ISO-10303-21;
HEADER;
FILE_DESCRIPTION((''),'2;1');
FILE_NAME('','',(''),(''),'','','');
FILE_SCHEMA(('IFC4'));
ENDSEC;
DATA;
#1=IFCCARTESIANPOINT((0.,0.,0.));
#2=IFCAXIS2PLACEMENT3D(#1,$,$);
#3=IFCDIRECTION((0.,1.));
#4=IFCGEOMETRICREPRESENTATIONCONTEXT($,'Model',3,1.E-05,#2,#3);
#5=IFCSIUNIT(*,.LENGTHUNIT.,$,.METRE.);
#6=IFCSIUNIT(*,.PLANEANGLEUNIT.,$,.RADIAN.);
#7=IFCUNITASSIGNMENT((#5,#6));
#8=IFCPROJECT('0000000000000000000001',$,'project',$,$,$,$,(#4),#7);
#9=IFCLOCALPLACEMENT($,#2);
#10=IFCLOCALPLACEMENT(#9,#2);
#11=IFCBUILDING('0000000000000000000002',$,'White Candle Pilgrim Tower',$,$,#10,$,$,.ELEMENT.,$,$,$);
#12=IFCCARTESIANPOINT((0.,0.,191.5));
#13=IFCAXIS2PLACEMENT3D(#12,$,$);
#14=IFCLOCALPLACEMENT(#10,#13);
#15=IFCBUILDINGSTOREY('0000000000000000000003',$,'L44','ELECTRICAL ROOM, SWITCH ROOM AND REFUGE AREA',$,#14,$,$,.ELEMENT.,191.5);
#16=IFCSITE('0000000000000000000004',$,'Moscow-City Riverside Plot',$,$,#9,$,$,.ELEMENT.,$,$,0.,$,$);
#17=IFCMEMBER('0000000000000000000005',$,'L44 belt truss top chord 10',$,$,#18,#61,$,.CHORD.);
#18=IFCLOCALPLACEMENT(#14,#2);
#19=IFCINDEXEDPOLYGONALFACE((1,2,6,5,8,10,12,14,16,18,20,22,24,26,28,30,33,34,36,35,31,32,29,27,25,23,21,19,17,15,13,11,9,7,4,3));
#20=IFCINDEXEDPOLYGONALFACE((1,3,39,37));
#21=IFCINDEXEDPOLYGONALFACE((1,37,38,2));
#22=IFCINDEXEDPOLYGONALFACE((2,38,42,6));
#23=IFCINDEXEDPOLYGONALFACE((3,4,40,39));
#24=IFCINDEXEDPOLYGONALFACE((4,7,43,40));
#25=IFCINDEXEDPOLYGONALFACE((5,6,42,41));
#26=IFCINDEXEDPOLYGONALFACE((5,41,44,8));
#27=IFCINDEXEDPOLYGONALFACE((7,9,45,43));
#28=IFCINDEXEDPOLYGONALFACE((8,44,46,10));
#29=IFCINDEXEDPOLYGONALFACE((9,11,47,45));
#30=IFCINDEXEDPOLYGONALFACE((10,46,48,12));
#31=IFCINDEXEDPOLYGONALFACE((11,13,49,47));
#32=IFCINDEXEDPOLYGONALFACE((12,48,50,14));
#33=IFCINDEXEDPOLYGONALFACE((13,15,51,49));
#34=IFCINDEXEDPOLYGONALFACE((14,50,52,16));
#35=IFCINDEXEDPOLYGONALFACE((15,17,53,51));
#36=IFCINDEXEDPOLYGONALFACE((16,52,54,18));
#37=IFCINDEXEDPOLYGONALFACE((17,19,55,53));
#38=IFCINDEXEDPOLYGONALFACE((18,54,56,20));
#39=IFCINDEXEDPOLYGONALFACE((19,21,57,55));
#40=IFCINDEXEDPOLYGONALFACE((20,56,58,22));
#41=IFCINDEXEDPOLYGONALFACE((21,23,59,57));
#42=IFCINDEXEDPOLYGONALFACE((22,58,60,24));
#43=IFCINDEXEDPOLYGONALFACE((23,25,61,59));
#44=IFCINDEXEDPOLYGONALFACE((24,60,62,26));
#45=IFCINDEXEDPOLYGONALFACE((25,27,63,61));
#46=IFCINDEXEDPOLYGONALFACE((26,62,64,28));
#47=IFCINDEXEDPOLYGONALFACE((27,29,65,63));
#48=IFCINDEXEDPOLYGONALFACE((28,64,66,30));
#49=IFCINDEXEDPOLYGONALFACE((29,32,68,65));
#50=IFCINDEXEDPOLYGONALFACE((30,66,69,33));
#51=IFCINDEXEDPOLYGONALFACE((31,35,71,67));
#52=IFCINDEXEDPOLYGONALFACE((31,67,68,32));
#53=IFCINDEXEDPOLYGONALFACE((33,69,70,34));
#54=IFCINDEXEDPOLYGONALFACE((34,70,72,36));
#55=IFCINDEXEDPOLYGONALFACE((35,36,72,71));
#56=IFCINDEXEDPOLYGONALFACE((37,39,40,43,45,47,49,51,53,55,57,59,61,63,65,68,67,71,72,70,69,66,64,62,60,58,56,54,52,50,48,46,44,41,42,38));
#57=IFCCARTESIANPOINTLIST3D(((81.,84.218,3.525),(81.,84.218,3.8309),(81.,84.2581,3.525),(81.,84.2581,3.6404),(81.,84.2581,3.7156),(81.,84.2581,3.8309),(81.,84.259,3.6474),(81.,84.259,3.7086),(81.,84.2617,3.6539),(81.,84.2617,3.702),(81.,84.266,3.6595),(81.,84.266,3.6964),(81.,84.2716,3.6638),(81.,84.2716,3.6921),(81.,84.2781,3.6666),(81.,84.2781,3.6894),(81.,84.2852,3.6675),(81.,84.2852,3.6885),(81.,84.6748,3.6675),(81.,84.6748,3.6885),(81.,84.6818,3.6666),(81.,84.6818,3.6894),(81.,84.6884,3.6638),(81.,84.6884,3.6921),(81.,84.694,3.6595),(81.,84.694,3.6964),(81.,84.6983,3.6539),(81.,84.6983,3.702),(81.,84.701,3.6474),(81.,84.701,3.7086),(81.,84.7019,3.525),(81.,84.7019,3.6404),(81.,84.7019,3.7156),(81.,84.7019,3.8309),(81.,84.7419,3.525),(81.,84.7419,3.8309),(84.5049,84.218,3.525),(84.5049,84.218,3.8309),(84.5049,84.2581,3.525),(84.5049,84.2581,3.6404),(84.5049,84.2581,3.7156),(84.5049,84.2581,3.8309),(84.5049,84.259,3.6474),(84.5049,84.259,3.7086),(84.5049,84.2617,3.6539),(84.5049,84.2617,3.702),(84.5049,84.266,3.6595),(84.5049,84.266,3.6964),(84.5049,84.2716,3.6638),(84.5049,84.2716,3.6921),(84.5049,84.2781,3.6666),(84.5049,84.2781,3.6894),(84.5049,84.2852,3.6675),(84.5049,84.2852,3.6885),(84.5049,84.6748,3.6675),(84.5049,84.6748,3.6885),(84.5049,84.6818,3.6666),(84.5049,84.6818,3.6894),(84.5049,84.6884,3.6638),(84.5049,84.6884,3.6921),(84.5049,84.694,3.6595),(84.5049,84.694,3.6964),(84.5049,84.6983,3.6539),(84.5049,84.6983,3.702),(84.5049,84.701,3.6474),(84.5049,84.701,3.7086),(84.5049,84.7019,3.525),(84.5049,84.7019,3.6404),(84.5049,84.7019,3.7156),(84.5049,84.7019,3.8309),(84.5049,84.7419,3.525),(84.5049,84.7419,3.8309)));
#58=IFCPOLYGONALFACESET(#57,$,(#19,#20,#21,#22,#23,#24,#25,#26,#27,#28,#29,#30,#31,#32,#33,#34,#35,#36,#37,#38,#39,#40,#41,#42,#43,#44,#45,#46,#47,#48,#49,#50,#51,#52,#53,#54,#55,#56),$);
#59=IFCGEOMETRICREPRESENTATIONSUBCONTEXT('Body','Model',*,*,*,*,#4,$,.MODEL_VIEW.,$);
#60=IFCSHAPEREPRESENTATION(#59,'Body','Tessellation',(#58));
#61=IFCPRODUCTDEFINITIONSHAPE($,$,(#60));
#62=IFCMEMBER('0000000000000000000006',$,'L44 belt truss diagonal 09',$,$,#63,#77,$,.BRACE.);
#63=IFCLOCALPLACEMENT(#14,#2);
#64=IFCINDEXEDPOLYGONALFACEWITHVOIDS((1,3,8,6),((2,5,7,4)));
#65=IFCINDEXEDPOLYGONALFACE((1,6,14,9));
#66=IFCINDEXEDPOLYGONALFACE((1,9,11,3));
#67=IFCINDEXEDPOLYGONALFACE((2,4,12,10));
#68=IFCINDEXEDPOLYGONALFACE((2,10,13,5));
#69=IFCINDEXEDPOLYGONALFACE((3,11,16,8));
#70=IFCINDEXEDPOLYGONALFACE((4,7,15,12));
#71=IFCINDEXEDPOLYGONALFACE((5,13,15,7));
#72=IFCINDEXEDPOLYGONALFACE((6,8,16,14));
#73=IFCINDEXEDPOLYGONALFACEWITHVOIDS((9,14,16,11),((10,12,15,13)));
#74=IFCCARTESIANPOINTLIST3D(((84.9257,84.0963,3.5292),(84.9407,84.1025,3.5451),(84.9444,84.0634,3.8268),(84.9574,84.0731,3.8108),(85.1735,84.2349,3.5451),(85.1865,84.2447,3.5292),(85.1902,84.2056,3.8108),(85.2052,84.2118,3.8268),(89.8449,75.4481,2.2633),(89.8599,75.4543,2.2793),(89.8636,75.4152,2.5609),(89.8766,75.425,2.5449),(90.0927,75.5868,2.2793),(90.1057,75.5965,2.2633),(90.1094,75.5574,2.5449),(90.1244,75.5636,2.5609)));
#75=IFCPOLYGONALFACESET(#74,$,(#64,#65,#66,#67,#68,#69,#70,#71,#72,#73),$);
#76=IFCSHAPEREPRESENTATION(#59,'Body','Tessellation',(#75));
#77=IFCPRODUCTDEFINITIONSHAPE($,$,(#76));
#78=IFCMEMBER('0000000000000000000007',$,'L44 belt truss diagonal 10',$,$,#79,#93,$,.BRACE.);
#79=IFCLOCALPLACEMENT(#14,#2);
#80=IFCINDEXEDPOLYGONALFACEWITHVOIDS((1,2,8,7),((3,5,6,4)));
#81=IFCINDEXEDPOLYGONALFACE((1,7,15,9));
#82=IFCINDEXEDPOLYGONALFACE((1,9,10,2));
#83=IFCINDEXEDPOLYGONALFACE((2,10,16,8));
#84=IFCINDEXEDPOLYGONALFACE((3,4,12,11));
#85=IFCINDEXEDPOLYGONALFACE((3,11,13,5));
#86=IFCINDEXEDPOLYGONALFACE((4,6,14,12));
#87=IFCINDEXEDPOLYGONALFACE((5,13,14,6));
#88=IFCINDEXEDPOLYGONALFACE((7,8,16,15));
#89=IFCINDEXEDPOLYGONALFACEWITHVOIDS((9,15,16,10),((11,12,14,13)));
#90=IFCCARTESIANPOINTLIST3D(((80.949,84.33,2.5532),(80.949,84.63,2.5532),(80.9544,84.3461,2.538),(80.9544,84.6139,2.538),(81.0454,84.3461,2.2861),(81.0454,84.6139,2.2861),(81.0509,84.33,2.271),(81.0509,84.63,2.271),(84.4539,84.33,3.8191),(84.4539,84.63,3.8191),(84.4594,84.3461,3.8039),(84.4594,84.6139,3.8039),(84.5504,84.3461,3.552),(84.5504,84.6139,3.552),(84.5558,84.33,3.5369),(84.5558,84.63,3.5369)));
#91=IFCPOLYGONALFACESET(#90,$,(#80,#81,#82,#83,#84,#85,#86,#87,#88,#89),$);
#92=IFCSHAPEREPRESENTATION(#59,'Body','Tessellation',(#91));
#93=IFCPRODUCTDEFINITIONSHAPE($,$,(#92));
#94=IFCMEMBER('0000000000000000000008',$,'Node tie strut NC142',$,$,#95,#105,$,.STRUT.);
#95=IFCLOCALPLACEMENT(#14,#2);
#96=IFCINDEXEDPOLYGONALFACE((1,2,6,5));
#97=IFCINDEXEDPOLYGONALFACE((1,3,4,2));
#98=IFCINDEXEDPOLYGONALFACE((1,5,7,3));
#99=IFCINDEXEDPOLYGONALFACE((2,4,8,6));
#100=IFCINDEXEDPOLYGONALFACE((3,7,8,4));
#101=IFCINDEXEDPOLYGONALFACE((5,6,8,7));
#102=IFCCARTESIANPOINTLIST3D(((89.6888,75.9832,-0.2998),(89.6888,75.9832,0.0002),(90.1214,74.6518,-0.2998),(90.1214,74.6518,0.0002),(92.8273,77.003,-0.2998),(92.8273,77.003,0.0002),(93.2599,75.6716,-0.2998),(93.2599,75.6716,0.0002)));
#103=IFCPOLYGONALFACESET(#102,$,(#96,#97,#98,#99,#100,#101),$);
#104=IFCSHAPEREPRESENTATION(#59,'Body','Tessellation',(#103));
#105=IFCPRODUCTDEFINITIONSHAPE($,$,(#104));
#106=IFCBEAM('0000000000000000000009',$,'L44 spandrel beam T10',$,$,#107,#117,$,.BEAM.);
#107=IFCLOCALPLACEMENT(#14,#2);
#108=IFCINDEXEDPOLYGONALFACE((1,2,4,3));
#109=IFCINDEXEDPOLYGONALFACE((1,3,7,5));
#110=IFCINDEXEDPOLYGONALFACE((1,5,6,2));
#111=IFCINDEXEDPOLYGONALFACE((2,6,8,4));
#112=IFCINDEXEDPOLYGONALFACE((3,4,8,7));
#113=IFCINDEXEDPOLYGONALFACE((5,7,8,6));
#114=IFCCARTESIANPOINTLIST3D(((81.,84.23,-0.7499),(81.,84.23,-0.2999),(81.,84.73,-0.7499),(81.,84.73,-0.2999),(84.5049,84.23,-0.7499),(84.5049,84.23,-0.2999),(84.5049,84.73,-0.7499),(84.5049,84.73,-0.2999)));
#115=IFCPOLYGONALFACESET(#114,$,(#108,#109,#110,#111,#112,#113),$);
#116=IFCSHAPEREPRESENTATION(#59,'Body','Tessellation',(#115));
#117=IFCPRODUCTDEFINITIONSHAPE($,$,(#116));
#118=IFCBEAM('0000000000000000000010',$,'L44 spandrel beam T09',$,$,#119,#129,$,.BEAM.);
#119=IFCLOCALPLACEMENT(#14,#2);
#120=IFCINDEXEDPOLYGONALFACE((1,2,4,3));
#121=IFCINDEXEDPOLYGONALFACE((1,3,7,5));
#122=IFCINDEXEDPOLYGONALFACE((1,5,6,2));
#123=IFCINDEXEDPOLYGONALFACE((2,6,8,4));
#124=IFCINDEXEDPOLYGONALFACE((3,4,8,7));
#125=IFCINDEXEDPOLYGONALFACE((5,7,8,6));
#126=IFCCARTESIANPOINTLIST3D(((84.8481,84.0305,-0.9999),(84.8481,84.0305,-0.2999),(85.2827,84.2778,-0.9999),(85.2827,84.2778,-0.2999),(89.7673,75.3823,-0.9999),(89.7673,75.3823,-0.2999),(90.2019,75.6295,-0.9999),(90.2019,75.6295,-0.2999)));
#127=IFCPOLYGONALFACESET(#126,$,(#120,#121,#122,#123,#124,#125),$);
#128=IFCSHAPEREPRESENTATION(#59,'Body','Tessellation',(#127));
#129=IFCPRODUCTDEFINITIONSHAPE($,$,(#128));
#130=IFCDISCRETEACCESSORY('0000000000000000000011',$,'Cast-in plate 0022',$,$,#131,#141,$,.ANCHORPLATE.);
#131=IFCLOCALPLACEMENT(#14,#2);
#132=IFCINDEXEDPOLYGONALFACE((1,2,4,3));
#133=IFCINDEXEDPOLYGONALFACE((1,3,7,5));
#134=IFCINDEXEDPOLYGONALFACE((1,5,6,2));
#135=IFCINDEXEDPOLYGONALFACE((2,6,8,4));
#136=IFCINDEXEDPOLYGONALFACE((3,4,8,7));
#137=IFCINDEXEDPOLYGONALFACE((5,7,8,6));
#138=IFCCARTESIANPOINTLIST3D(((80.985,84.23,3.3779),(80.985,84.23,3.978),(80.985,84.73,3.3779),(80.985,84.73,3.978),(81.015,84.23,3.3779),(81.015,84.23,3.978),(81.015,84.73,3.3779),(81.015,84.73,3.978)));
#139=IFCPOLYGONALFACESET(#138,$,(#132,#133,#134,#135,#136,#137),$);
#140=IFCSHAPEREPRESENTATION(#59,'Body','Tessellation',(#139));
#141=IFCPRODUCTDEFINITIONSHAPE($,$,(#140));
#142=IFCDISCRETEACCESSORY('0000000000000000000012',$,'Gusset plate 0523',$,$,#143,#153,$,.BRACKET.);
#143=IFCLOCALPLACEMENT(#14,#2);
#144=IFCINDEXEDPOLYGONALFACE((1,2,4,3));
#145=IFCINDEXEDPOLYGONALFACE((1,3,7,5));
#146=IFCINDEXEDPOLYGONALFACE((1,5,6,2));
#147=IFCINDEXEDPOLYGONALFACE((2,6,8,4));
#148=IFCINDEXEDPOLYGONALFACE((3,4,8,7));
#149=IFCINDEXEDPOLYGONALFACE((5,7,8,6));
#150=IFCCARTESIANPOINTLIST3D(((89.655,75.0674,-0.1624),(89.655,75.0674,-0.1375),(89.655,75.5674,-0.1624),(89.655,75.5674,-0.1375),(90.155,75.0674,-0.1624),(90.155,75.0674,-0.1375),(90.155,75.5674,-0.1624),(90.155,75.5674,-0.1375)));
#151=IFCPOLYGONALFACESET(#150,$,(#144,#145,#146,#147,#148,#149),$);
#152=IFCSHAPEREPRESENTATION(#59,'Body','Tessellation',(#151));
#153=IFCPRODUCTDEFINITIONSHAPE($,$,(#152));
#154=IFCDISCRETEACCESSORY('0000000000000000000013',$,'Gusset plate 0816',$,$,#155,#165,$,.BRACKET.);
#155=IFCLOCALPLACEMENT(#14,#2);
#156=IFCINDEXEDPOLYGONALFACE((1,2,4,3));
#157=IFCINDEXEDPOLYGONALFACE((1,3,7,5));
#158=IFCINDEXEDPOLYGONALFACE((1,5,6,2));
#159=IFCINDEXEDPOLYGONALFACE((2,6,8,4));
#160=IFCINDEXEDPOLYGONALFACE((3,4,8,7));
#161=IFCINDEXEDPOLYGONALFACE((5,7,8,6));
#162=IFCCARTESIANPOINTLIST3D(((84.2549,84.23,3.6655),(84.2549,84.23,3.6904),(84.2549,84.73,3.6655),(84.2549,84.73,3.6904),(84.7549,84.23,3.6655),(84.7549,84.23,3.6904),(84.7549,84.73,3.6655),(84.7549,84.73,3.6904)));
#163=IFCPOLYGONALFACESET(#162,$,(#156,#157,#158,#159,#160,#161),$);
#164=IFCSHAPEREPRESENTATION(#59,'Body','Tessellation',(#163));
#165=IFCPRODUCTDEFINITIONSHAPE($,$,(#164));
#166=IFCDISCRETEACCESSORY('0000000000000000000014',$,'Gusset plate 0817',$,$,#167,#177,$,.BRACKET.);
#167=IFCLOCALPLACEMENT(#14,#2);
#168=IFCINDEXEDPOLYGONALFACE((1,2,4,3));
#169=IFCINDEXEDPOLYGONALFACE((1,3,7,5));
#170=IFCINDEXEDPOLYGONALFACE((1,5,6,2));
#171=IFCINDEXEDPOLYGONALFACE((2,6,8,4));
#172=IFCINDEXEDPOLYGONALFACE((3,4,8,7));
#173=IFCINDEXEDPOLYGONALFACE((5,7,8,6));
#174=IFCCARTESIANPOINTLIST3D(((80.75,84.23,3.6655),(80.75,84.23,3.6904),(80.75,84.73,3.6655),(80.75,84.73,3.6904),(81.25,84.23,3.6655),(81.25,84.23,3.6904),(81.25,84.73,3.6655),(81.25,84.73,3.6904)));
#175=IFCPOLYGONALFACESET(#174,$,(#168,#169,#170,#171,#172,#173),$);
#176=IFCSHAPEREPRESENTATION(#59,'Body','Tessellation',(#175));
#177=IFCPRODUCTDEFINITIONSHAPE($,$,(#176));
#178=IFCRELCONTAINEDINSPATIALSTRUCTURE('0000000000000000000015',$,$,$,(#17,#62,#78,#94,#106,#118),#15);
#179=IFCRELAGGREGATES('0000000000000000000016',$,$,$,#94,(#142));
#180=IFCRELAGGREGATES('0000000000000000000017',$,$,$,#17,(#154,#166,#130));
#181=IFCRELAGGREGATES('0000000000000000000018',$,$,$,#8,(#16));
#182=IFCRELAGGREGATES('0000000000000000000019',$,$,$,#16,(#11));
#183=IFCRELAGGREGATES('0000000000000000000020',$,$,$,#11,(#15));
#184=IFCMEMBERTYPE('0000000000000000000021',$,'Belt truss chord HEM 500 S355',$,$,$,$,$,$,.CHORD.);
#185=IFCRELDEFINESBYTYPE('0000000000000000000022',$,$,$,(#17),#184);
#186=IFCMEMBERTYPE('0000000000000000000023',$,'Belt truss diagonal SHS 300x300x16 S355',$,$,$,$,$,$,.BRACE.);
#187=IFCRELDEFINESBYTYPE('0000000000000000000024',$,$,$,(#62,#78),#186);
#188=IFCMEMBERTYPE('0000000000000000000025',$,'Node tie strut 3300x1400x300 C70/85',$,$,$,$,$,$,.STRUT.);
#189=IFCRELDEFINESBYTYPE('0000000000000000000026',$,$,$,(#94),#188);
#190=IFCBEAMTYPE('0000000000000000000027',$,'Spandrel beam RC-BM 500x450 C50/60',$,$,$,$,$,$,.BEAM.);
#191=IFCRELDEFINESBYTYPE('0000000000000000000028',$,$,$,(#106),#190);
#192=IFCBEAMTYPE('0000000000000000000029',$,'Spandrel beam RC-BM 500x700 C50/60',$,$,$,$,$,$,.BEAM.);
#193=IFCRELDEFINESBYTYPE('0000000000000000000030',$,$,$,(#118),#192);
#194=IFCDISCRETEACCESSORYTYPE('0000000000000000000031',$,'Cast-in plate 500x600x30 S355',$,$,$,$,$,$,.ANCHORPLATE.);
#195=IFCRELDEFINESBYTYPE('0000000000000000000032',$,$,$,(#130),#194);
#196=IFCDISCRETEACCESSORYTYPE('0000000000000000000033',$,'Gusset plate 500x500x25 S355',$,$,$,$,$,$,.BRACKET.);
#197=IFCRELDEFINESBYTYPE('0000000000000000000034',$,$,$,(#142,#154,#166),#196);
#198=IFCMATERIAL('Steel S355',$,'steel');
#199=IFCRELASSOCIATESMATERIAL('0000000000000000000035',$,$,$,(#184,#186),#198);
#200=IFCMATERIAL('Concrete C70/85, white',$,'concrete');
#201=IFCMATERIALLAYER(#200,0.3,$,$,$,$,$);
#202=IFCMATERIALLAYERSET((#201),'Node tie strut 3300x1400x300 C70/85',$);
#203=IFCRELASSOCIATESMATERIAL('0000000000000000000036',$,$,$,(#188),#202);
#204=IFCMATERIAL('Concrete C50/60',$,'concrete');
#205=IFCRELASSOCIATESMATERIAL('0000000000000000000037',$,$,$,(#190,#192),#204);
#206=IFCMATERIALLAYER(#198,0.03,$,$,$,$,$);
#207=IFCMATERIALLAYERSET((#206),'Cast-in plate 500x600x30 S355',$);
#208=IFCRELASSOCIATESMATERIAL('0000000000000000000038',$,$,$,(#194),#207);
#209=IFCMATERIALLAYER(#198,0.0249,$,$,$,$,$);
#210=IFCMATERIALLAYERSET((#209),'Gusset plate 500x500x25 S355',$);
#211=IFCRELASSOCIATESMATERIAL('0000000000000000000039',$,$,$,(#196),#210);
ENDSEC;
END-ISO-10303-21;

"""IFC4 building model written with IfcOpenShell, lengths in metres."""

from ifc_helpers import new_model, si_unit, direction, frame, origin, origin_2d, place, context, subcontext, project, spatial, rectangle, hollow_rectangle, i_section, extrude, material, layer, layer_set, material_profile, profile_set, type_object, element, aggregate, save


model = new_model("IFC4")

# Units and contexts
model_context = context("Model", 3, precision=1e-05, world=origin(), true_north=direction((0.0, 1.0)))
body_context = subcontext(model_context, "Body", "Model", "MODEL_VIEW")
ifc_project = project(units=[si_unit("LENGTHUNIT", "METRE"), si_unit("PLANEANGLEUNIT", "RADIAN")], contexts=[model_context])

# Site, building, storey
site_placement = place(None, origin())
site = spatial("IfcSite", under=ifc_project, at=site_placement, Name="Moscow-City Riverside Plot", CompositionType="ELEMENT", RefElevation=0.0)
building_placement = place(site_placement, origin())
building = spatial("IfcBuilding", under=site, at=building_placement, Name="White Candle Pilgrim Tower", CompositionType="ELEMENT")
storey_placement = place(building_placement, frame((0.0, 0.0, 191.5)))
storey = spatial("IfcBuildingStorey", under=building, at=storey_placement, Name="L44", Description="ELECTRICAL ROOM, SWITCH ROOM AND REFUGE AREA", CompositionType="ELEMENT", Elevation=191.5)

# Member
ifc_material_1 = material(Name="Steel S355", Category="steel")
ifc_material_profile_1 = material_profile(ifc_material_1, i_section(OverallWidth=0.3059, OverallDepth=0.5239, WebThickness=0.021, FlangeThickness=0.04, FilletRadius=0.0271, at=origin_2d()), Name="HEM 500")
ifc_profile_set_1 = profile_set([ifc_material_profile_1], Name="Steel S355")
member_type_1 = type_object("IfcMemberType", Name="Belt truss chord HEM 500 S355", PredefinedType="CHORD", material=ifc_profile_set_1)
member_1_placement = place(storey_placement, frame((84.5049, 84.48, 3.678), z_axis=(-1.0, 0.0, 0.0), x_axis=(0.0, 0.0, -1.0)))
member_1 = element("IfcMember", 1, at=member_1_placement, inside=storey, type_object=member_type_1, Name="L44 belt truss top chord 10", PredefinedType="CHORD", context=body_context, shape_type="SweptSolid", body=[
    extrude(i_section(OverallWidth=0.3059, OverallDepth=0.5239, WebThickness=0.021, FlangeThickness=0.04, FilletRadius=0.0271, at=origin_2d()), origin(), (0.0, 0.0, 1.0), 3.5049),
])

# Members
ifc_material_profile_2 = material_profile(ifc_material_1, hollow_rectangle(XDim=0.3, YDim=0.3, WallThickness=0.0161, at=origin_2d()), Name="SHS 300x300x16")
ifc_profile_set_2 = profile_set([ifc_material_profile_2], Name="Steel S355")
member_type_2 = type_object("IfcMemberType", Name="Belt truss diagonal SHS 300x300x16 S355", PredefinedType="BRACE", material=ifc_profile_set_2)
member_2_placement = place(storey_placement, frame((89.9846, 75.5059, 2.4121), z_axis=(-0.490469, 0.86227, 0.126214), x_axis=(-0.869221, -0.494423, 0.0)))
element("IfcMember", 2, at=member_2_placement, inside=storey, type_object=member_type_2, Name="L44 belt truss diagonal 09", PredefinedType="BRACE", context=body_context, shape_type="SweptSolid", body=[
    extrude(hollow_rectangle(XDim=0.3, YDim=0.3, WallThickness=0.0161, at=origin_2d()), origin(), (0.0, 0.0, 1.0), 10.0295),
])
member_3_placement = place(storey_placement, frame((84.5049, 84.48, 3.678), z_axis=(-0.940535, 0.0, -0.339696), x_axis=(0.0, -1.0, 0.0)))
element("IfcMember", 3, at=member_3_placement, inside=storey, type_object=member_type_2, Name="L44 belt truss diagonal 10", PredefinedType="BRACE", context=body_context, shape_type="SweptSolid", body=[
    extrude(hollow_rectangle(XDim=0.3, YDim=0.3, WallThickness=0.0161, at=origin_2d()), origin(), (0.0, 0.0, 1.0), 3.7266),
])

# Member
ifc_material_2 = material(Name="Concrete C70/85, white", Category="concrete")
ifc_layer_1 = layer(ifc_material_2, 0.3)
ifc_layer_set_1 = layer_set([ifc_layer_1], Name="Node tie strut 3300x1400x300 C70/85")
member_type_3 = type_object("IfcMemberType", Name="Node tie strut 3300x1400x300 C70/85", PredefinedType="STRUT", material=ifc_layer_set_1)
member_4_placement = place(storey_placement, frame((91.4744, 75.8274, -0.2998), z_axis=(0.0, 0.0, 1.0), x_axis=(-0.309017, 0.951057, 0.0)))
member_4 = element("IfcMember", 4, at=member_4_placement, inside=storey, type_object=member_type_3, Name="Node tie strut NC142", PredefinedType="STRUT", context=body_context, shape_type="SweptSolid", body=[
    extrude(rectangle(XDim=1.3999, YDim=3.3, at=origin_2d()), origin(), (0.0, 0.0, 1.0), 0.3),
])

# Beams
ifc_material_3 = material(Name="Concrete C50/60", Category="concrete")
ifc_material_profile_3 = material_profile(ifc_material_3, rectangle(XDim=0.5, YDim=0.45, at=origin_2d()), Name="RC-BM 500x450")
ifc_profile_set_3 = profile_set([ifc_material_profile_3], Name="Concrete C50/60")
beam_type_1 = type_object("IfcBeamType", Name="Spandrel beam RC-BM 500x450 C50/60", PredefinedType="BEAM", material=ifc_profile_set_3)
beam_1_placement = place(storey_placement, frame((84.5049, 84.48, -0.5249), z_axis=(-1.0, 0.0, 0.0), x_axis=(0.0, -1.0, 0.0)))
element("IfcBeam", 5, at=beam_1_placement, inside=storey, type_object=beam_type_1, Name="L44 spandrel beam T10", PredefinedType="BEAM", context=body_context, shape_type="SweptSolid", body=[
    extrude(rectangle(XDim=0.5, YDim=0.45, at=origin_2d()), origin(), (0.0, 0.0, 1.0), 3.5049),
])
ifc_material_profile_4 = material_profile(ifc_material_3, rectangle(XDim=0.5, YDim=0.7, at=origin_2d()), Name="RC-BM 500x700")
ifc_profile_set_4 = profile_set([ifc_material_profile_4], Name="Concrete C50/60")
beam_type_2 = type_object("IfcBeamType", Name="Spandrel beam RC-BM 500x700 C50/60", PredefinedType="BEAM", material=ifc_profile_set_4)
beam_2_placement = place(storey_placement, frame((89.9846, 75.5059, -0.6499), z_axis=(-0.494423, 0.869221, 0.0), x_axis=(-0.869221, -0.494423, 0.0)))
element("IfcBeam", 6, at=beam_2_placement, inside=storey, type_object=beam_type_2, Name="L44 spandrel beam T09", PredefinedType="BEAM", context=body_context, shape_type="SweptSolid", body=[
    extrude(rectangle(XDim=0.5, YDim=0.7, at=origin_2d()), origin(), (0.0, 0.0, 1.0), 9.9495),
])

# Discrete accessories
ifc_layer_2 = layer(ifc_material_1, 0.03)
ifc_layer_set_2 = layer_set([ifc_layer_2], Name="Cast-in plate 500x600x30 S355")
discrete_accessory_type_1 = type_object("IfcDiscreteAccessoryType", Name="Cast-in plate 500x600x30 S355", PredefinedType="ANCHORPLATE", material=ifc_layer_set_2)
discrete_accessory_1_placement = place(storey_placement, frame((81.0, 84.48, 3.3779), z_axis=(0.0, 0.0, 1.0), x_axis=(1.0, 0.0, 0.0)))
discrete_accessory_1 = element("IfcDiscreteAccessory", 7, at=discrete_accessory_1_placement, type_object=discrete_accessory_type_1, Name="Cast-in plate 0022", PredefinedType="ANCHORPLATE", context=body_context, shape_type="SweptSolid", body=[
    extrude(rectangle(XDim=0.03, YDim=0.5, at=origin_2d()), origin(), (0.0, 0.0, 1.0), 0.6001),
])
ifc_layer_3 = layer(ifc_material_1, 0.0249)
ifc_layer_set_3 = layer_set([ifc_layer_3], Name="Gusset plate 500x500x25 S355")
discrete_accessory_type_2 = type_object("IfcDiscreteAccessoryType", Name="Gusset plate 500x500x25 S355", PredefinedType="BRACKET", material=ifc_layer_set_3)
discrete_accessory_2_placement = place(storey_placement, frame((89.905, 75.3174, -0.1624), z_axis=(0.0, 0.0, 1.0), x_axis=(1.0, 0.0, 0.0)))
discrete_accessory_2 = element("IfcDiscreteAccessory", 8, at=discrete_accessory_2_placement, type_object=discrete_accessory_type_2, Name="Gusset plate 0523", PredefinedType="BRACKET", context=body_context, shape_type="SweptSolid", body=[
    extrude(rectangle(XDim=0.5, YDim=0.5, at=origin_2d()), origin(), (0.0, 0.0, 1.0), 0.0249),
])
aggregate(member_4, [discrete_accessory_2])
discrete_accessory_3_placement = place(storey_placement, frame((84.5049, 84.48, 3.6655), z_axis=(0.0, 0.0, 1.0), x_axis=(1.0, 0.0, 0.0)))
discrete_accessory_3 = element("IfcDiscreteAccessory", 9, at=discrete_accessory_3_placement, type_object=discrete_accessory_type_2, Name="Gusset plate 0816", PredefinedType="BRACKET", context=body_context, shape_type="SweptSolid", body=[
    extrude(rectangle(XDim=0.5, YDim=0.5, at=origin_2d()), origin(), (0.0, 0.0, 1.0), 0.0249),
])
discrete_accessory_4_placement = place(storey_placement, frame((81.0, 84.48, 3.6655), z_axis=(0.0, 0.0, 1.0), x_axis=(1.0, 0.0, 0.0)))
discrete_accessory_4 = element("IfcDiscreteAccessory", 10, at=discrete_accessory_4_placement, type_object=discrete_accessory_type_2, Name="Gusset plate 0817", PredefinedType="BRACKET", context=body_context, shape_type="SweptSolid", body=[
    extrude(rectangle(XDim=0.5, YDim=0.5, at=origin_2d()), origin(), (0.0, 0.0, 1.0), 0.0249),
])
aggregate(member_1, [discrete_accessory_3, discrete_accessory_4, discrete_accessory_1])

save(model, "model.ifc")
